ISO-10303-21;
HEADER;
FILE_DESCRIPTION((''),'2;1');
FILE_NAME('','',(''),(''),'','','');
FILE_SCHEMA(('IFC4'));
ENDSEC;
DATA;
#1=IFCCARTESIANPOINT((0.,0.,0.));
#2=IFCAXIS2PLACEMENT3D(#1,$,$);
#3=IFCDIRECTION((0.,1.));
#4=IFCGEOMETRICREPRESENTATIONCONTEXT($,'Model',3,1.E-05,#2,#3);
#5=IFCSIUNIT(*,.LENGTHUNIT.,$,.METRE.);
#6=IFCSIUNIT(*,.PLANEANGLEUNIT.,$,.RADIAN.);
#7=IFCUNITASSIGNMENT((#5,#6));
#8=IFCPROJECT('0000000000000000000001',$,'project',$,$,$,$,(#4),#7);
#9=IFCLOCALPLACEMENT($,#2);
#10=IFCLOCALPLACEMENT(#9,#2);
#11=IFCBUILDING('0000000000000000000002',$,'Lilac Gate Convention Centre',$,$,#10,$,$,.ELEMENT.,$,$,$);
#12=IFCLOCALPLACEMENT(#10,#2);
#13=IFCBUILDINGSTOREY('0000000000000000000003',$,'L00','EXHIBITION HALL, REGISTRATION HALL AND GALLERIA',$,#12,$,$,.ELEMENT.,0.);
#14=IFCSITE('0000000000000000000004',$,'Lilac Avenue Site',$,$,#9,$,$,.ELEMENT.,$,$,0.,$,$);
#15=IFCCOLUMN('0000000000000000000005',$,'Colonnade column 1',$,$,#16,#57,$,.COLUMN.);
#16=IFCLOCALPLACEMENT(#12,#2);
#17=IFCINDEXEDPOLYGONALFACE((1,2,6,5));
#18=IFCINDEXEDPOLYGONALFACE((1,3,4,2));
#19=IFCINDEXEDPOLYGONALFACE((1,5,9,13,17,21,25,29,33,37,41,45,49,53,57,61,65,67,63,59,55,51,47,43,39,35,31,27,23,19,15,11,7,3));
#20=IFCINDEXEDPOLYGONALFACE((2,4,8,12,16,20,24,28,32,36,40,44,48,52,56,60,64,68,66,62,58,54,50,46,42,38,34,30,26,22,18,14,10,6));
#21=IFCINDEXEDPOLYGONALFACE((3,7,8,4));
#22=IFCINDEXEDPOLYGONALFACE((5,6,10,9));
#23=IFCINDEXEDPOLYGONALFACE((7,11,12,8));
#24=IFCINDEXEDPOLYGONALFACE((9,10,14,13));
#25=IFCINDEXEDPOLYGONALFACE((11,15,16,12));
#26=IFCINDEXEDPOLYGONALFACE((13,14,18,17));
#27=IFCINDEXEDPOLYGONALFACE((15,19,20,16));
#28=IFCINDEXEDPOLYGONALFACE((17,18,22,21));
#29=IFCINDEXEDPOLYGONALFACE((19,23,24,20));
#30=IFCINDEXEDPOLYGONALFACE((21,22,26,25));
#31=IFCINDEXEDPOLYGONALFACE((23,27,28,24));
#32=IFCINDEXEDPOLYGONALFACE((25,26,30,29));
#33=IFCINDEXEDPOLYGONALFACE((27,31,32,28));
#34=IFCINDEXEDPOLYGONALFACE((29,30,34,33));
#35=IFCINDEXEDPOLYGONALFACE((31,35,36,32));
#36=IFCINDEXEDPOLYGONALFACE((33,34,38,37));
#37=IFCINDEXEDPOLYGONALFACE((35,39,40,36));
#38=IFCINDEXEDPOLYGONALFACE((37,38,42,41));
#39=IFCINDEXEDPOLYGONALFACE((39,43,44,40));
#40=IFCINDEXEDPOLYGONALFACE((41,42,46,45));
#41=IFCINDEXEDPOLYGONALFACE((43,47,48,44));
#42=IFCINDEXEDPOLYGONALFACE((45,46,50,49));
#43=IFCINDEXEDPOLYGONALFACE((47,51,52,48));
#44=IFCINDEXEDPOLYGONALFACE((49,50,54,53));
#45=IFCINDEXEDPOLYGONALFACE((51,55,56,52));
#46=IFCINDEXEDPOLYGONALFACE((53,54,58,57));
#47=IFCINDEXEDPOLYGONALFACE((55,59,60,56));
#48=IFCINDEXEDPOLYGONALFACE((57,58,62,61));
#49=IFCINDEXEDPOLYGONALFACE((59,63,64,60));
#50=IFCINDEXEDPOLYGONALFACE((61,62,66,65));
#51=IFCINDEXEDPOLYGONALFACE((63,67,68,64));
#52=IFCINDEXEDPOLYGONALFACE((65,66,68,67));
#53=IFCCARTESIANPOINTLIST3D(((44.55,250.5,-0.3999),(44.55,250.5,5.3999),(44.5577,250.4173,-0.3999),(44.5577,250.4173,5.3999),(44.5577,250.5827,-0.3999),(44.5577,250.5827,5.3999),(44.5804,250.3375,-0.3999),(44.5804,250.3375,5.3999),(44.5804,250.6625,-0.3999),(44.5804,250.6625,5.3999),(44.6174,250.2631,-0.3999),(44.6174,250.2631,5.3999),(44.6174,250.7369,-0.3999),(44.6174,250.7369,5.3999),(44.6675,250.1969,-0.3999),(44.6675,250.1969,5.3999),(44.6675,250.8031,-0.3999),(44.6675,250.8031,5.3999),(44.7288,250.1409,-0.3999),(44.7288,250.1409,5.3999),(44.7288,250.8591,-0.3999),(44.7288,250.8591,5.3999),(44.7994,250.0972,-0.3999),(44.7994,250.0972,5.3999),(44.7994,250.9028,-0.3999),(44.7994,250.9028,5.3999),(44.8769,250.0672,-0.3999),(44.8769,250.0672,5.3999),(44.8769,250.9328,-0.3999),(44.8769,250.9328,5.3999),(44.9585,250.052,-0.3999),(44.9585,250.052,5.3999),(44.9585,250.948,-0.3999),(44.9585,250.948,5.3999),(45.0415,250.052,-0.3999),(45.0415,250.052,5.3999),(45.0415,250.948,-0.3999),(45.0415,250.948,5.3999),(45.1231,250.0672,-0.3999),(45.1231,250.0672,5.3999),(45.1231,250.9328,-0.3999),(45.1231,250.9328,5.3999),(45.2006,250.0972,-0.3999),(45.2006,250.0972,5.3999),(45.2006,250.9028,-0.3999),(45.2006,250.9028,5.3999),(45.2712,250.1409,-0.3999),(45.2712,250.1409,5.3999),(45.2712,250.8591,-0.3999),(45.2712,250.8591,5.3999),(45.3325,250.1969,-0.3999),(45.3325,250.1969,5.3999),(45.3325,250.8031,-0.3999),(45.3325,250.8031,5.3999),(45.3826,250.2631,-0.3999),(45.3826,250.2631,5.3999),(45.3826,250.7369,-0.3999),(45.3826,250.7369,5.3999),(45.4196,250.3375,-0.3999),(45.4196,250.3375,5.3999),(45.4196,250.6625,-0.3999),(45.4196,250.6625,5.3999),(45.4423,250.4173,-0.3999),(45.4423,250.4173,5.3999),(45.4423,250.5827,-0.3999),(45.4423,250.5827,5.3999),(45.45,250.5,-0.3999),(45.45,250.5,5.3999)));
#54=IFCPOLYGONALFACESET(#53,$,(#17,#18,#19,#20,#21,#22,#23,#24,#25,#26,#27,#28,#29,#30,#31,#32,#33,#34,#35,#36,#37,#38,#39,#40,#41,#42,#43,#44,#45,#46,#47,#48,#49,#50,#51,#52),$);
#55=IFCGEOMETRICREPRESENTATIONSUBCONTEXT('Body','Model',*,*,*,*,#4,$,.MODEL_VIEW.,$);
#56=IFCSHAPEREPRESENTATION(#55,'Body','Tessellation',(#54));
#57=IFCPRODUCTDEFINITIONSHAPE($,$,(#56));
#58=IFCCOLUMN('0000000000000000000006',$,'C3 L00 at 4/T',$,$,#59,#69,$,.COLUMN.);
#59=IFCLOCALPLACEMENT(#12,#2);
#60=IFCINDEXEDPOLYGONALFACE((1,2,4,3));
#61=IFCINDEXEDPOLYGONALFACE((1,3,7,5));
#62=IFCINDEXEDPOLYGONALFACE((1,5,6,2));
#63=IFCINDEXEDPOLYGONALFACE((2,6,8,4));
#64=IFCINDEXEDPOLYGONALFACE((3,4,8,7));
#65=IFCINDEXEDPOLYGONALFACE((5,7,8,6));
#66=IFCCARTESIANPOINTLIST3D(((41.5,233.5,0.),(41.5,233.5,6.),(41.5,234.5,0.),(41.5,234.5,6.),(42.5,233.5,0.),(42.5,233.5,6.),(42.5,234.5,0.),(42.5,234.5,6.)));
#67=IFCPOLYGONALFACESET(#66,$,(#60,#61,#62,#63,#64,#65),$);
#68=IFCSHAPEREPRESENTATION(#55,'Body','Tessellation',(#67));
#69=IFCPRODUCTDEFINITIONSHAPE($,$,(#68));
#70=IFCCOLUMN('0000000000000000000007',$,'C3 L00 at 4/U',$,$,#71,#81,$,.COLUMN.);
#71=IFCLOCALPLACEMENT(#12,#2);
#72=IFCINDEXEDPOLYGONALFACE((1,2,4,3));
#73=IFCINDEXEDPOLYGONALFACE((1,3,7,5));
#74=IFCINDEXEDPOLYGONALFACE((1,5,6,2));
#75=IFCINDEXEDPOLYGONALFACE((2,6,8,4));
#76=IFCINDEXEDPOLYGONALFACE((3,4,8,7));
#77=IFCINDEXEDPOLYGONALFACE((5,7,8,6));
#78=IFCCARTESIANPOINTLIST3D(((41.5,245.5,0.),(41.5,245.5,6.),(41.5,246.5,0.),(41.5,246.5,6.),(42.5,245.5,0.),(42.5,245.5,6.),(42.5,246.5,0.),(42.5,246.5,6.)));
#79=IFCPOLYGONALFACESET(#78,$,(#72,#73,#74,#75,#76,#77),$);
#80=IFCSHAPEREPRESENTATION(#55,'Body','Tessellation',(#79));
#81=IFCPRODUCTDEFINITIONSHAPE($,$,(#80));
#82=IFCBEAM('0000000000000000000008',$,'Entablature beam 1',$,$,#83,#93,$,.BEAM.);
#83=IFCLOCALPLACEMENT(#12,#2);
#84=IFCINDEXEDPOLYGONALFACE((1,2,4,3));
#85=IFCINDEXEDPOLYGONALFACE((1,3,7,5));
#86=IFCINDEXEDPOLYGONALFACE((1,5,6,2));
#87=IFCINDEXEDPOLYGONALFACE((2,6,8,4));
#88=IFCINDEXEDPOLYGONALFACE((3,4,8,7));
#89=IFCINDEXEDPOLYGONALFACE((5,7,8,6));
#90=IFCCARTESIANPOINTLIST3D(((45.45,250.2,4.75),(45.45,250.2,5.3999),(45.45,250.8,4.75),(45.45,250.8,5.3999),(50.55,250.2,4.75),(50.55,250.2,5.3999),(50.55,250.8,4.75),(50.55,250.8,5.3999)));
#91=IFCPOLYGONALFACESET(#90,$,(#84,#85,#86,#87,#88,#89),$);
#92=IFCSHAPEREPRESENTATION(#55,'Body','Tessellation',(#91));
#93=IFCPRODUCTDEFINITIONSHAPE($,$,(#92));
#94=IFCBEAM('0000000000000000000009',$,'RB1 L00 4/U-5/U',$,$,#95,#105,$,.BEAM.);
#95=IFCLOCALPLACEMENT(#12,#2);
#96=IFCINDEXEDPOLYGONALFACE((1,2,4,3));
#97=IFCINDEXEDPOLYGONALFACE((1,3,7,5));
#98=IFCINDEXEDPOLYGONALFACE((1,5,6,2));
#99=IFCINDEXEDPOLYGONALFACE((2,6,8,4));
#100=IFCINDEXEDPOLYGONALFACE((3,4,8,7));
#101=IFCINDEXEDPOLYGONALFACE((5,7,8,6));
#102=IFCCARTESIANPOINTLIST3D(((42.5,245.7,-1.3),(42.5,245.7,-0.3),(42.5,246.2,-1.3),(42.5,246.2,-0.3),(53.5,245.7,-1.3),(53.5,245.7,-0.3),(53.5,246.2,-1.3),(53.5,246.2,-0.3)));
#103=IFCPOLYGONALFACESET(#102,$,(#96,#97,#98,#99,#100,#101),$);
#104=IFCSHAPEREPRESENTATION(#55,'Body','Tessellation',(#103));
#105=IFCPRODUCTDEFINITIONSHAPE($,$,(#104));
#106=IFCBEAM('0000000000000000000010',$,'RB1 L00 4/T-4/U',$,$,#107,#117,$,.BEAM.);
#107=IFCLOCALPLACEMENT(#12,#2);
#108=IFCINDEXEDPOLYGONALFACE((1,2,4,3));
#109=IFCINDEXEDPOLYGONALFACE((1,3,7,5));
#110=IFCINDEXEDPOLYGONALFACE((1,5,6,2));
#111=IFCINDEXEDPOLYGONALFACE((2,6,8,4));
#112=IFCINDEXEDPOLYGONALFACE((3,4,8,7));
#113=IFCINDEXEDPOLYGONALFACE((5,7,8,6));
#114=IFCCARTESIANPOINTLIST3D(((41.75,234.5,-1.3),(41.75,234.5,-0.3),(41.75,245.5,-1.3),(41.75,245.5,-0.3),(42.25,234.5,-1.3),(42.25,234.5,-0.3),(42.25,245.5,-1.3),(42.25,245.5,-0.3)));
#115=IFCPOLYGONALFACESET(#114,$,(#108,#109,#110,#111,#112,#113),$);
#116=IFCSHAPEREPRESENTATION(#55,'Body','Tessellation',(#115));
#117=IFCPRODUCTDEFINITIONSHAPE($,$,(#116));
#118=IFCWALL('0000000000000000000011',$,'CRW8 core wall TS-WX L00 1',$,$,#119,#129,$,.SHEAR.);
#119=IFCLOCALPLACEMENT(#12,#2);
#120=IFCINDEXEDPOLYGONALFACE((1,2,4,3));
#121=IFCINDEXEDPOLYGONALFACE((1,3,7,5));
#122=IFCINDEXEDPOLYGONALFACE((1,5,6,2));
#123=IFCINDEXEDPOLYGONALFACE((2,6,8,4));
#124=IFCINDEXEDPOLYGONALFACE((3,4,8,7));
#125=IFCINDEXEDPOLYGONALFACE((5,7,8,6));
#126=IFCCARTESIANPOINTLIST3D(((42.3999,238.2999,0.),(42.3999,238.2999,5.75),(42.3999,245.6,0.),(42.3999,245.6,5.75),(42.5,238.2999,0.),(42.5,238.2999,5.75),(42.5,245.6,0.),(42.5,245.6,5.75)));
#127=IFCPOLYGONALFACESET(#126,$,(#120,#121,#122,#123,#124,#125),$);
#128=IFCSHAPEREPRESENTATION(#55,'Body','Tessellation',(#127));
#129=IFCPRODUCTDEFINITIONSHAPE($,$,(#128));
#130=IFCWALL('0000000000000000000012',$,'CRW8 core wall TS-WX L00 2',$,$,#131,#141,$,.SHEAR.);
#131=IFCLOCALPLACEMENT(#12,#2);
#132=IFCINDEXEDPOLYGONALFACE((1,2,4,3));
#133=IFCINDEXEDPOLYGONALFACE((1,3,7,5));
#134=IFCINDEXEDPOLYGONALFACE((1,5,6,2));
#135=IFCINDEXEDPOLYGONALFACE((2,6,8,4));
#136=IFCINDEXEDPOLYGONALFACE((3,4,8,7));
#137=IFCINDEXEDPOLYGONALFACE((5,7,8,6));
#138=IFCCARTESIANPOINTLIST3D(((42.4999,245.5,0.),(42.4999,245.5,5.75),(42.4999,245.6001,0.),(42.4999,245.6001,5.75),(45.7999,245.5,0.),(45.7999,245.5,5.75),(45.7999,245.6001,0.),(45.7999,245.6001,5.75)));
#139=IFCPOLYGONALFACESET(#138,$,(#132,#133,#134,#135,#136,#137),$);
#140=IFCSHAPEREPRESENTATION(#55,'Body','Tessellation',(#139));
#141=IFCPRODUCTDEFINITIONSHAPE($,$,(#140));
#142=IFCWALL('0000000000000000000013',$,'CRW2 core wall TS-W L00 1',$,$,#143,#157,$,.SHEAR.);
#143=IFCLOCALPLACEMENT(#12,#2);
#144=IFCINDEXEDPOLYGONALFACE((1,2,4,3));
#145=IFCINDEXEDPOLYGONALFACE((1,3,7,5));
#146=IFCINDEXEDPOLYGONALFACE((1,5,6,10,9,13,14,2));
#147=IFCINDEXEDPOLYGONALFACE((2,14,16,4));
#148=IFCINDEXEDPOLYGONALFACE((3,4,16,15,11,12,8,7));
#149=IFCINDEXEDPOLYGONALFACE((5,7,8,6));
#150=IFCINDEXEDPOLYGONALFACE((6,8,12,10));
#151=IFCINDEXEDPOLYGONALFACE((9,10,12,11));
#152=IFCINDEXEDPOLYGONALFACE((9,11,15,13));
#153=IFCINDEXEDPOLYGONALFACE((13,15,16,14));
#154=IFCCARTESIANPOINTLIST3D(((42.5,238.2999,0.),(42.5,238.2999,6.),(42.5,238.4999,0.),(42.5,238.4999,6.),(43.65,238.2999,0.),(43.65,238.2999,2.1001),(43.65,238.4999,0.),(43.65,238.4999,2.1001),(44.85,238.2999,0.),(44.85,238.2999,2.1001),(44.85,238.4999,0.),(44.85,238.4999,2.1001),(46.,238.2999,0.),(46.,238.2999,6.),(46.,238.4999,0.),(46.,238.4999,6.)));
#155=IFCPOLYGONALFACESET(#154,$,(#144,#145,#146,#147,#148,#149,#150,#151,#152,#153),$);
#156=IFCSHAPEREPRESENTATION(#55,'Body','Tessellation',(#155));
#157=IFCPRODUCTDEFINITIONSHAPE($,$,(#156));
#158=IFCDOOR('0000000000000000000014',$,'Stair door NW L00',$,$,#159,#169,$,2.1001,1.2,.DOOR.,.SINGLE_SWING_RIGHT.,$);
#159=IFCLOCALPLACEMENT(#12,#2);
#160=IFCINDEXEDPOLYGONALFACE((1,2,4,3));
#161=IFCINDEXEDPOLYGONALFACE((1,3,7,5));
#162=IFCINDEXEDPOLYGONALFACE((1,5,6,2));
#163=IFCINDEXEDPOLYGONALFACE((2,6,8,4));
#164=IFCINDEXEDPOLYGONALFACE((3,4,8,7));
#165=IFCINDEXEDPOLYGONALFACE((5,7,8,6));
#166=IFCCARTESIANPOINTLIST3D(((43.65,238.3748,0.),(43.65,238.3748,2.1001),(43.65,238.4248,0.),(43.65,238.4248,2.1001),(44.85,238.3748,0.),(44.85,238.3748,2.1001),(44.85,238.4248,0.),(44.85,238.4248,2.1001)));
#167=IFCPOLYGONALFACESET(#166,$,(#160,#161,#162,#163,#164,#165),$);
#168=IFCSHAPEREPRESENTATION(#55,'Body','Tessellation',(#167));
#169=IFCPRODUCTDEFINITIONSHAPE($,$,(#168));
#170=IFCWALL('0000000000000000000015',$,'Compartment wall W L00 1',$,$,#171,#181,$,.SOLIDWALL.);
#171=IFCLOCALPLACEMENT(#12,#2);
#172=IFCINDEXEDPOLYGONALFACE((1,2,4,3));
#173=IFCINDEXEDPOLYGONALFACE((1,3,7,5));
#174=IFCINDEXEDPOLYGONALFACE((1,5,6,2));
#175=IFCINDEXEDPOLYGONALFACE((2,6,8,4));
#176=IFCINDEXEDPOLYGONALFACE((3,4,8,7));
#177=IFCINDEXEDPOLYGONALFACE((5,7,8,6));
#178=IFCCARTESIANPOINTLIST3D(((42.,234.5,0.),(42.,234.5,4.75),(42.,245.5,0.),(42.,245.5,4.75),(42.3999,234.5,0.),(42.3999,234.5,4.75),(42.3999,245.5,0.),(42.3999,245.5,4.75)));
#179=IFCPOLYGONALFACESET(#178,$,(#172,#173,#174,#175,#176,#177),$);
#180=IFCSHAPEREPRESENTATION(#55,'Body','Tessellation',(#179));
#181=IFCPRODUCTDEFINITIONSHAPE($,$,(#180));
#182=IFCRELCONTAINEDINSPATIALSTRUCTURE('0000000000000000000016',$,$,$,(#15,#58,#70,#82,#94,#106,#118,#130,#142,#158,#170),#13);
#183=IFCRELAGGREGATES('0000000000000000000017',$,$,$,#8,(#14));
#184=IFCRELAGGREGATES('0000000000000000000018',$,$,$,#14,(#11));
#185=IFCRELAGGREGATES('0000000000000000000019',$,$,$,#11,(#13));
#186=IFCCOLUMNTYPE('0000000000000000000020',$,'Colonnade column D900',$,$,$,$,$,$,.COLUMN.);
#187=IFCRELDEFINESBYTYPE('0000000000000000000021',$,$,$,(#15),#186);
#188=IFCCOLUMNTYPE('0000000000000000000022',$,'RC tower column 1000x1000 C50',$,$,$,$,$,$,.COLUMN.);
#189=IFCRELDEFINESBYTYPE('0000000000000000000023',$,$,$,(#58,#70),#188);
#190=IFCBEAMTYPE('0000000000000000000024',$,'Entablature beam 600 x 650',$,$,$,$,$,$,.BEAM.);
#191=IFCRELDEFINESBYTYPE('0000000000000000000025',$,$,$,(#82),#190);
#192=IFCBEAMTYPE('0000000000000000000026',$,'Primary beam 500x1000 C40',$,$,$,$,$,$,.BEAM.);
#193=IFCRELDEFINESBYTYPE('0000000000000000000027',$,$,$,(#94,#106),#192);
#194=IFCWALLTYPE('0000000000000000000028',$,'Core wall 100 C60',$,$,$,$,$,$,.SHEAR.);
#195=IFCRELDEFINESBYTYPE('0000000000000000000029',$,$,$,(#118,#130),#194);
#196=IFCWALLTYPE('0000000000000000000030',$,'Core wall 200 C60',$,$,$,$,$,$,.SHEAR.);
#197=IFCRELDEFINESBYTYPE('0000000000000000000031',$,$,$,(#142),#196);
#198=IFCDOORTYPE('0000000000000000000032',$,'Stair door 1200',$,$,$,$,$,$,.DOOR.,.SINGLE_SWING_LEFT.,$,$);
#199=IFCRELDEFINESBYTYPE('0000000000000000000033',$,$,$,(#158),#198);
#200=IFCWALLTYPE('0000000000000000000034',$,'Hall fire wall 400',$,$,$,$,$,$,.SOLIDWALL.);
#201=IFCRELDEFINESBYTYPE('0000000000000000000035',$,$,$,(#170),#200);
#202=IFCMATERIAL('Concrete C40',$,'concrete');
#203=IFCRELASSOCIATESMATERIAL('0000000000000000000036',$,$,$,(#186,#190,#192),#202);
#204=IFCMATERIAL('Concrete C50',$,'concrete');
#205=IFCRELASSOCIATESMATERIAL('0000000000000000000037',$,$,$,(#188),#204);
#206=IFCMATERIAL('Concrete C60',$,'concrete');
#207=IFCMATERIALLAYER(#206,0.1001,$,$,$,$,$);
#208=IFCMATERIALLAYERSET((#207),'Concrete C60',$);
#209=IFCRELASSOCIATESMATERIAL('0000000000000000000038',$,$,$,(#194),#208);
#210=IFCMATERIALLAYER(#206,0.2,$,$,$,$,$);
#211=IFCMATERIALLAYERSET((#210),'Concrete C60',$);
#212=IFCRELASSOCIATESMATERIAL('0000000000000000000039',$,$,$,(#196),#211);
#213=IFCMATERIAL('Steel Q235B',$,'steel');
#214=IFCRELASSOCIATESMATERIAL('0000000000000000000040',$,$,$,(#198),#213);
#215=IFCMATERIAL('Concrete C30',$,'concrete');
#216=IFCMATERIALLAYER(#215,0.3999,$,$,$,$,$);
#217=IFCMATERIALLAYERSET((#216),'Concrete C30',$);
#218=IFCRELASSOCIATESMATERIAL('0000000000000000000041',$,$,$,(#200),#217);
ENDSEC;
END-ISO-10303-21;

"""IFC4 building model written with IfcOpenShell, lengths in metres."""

from ifc_helpers import new_model, si_unit, direction, frame, frame_2d, origin, origin_2d, place, context, subcontext, project, spatial, rectangle, circle, extrude, material, layer, layer_set, material_profile, profile_set, type_object, element, fill, save


model = new_model("IFC4")

# Units and contexts
model_context = context("Model", 3, precision=1e-05, world=origin(), true_north=direction((0.0, 1.0)))
body_context = subcontext(model_context, "Body", "Model", "MODEL_VIEW")
ifc_project = project(units=[si_unit("LENGTHUNIT", "METRE"), si_unit("PLANEANGLEUNIT", "RADIAN")], contexts=[model_context])

# Site, building, storey
site_placement = place(None, origin())
site = spatial("IfcSite", under=ifc_project, at=site_placement, Name="Lilac Avenue Site", CompositionType="ELEMENT", RefElevation=0.0)
building_placement = place(site_placement, origin())
building = spatial("IfcBuilding", under=site, at=building_placement, Name="Lilac Gate Convention Centre", CompositionType="ELEMENT")
storey_placement = place(building_placement, origin())
storey = spatial("IfcBuildingStorey", under=building, at=storey_placement, Name="L00", Description="EXHIBITION HALL, REGISTRATION HALL AND GALLERIA", CompositionType="ELEMENT", Elevation=0.0)

# Columns
ifc_material_1 = material(Name="Concrete C40", Category="concrete")
ifc_material_profile_1 = material_profile(ifc_material_1, circle(Radius=0.45, at=origin_2d()), Name="Colonnade column D900")
ifc_profile_set_1 = profile_set([ifc_material_profile_1], Name="Concrete C40")
column_type_1 = type_object("IfcColumnType", Name="Colonnade column D900", PredefinedType="COLUMN", material=ifc_profile_set_1)
column_placement = place(storey_placement, frame((45.0, 250.5, -0.3999), z_axis=(0.0, 0.0, 1.0), x_axis=(1.0, 0.0, 0.0)))
element("IfcColumn", 1, at=column_placement, inside=storey, type_object=column_type_1, Name="Colonnade column 1", PredefinedType="COLUMN", context=body_context, shape_type="SweptSolid", body=[
    extrude(circle(Radius=0.45, at=origin_2d()), origin(), (0.0, 0.0, 1.0), 5.7998),
])
ifc_material_2 = material(Name="Concrete C50", Category="concrete")
ifc_material_profile_2 = material_profile(ifc_material_2, rectangle(XDim=1.0, YDim=1.0, at=origin_2d()), Name="RC 1000x1000")
ifc_profile_set_2 = profile_set([ifc_material_profile_2], Name="Concrete C50")
column_type_2 = type_object("IfcColumnType", Name="RC tower column 1000x1000 C50", PredefinedType="COLUMN", material=ifc_profile_set_2)
for number, where, z_axis, x_axis, name in (
    (2, (42.0, 234.0, 0.0), (0.0, 0.0, 1.0), (1.0, 0.0, 0.0), "C3 L00 at 4/T"),
    (3, (42.0, 246.0, 0.0), (0.0, 0.0, 1.0), (1.0, 0.0, 0.0), "C3 L00 at 4/U"),
):
    element("IfcColumn", number, at=place(storey_placement, frame(where, z_axis=z_axis, x_axis=x_axis)), inside=storey, type_object=column_type_2, Name=name, PredefinedType="COLUMN", context=body_context, shape_type="SweptSolid", body=[
        extrude(rectangle(XDim=1.0, YDim=1.0, at=origin_2d()), origin(), (0.0, 0.0, 1.0), 6.0),
    ])

# Beams
ifc_material_profile_3 = material_profile(ifc_material_1, rectangle(XDim=0.6001, YDim=0.6499, at=origin_2d()), Name="Entablature beam 600 x 650")
ifc_profile_set_3 = profile_set([ifc_material_profile_3], Name="Concrete C40")
beam_type_1 = type_object("IfcBeamType", Name="Entablature beam 600 x 650", PredefinedType="BEAM", material=ifc_profile_set_3)
beam_placement = place(storey_placement, frame((45.45, 250.5, 5.075), z_axis=(1.0, 0.0, 0.0), x_axis=(0.0, 1.0, 0.0)))
element("IfcBeam", 4, at=beam_placement, inside=storey, type_object=beam_type_1, Name="Entablature beam 1", PredefinedType="BEAM", context=body_context, shape_type="SweptSolid", body=[
    extrude(rectangle(XDim=0.6001, YDim=0.6499, at=origin_2d()), origin(), (0.0, 0.0, 1.0), 5.1001),
])
ifc_material_profile_4 = material_profile(ifc_material_1, rectangle(XDim=0.5, YDim=1.0, at=origin_2d()), Name="RC 500x1000")
ifc_profile_set_4 = profile_set([ifc_material_profile_4], Name="Concrete C40")
beam_type_2 = type_object("IfcBeamType", Name="Primary beam 500x1000 C40", PredefinedType="BEAM", material=ifc_profile_set_4)
for number, where, z_axis, x_axis, name in (
    (5, (42.5, 245.95, -0.8), (1.0, 0.0, 0.0), (0.0, 1.0, 0.0), "RB1 L00 4/U-5/U"),
    (6, (42.0, 234.5, -0.8), (0.0, 1.0, 0.0), (-1.0, 0.0, 0.0), "RB1 L00 4/T-4/U"),
):
    element("IfcBeam", number, at=place(storey_placement, frame(where, z_axis=z_axis, x_axis=x_axis)), inside=storey, type_object=beam_type_2, Name=name, PredefinedType="BEAM", context=body_context, shape_type="SweptSolid", body=[
        extrude(rectangle(XDim=0.5, YDim=1.0, at=origin_2d()), origin(), (0.0, 0.0, 1.0), 11.0),
    ])

# Walls
ifc_material_3 = material(Name="Concrete C60", Category="concrete")
ifc_layer_1 = layer(ifc_material_3, 0.1001)
ifc_layer_set_1 = layer_set([ifc_layer_1], Name="Concrete C60")
wall_type_1 = type_object("IfcWallType", Name="Core wall 100 C60", PredefinedType="SHEAR", material=ifc_layer_set_1)
wall_1_placement = place(storey_placement, frame((42.45, 238.3, 0.0), z_axis=(0.0, 0.0, 1.0), x_axis=(0.0, 1.0, 0.0)))
element("IfcWall", 7, at=wall_1_placement, inside=storey, type_object=wall_type_1, Name="CRW8 core wall TS-WX L00 1", PredefinedType="SHEAR", context=body_context, shape_type="SweptSolid", body=[
    extrude(rectangle(XDim=7.3, YDim=0.1001, at=frame_2d((3.6499, 0.0))), origin(), (0.0, 0.0, 1.0), 5.75),
])
wall_2_placement = place(storey_placement, frame((42.5, 245.55, 0.0), z_axis=(0.0, 0.0, 1.0), x_axis=(1.0, 0.0, 0.0)))
element("IfcWall", 8, at=wall_2_placement, inside=storey, type_object=wall_type_1, Name="CRW8 core wall TS-WX L00 2", PredefinedType="SHEAR", context=body_context, shape_type="SweptSolid", body=[
    extrude(rectangle(XDim=3.3, YDim=0.1001, at=frame_2d((1.6499, 0.0))), origin(), (0.0, 0.0, 1.0), 5.75),
])

# Wall, opening, door
ifc_layer_2 = layer(ifc_material_3, 0.2)
ifc_layer_set_2 = layer_set([ifc_layer_2], Name="Concrete C60")
wall_type_2 = type_object("IfcWallType", Name="Core wall 200 C60", PredefinedType="SHEAR", material=ifc_layer_set_2)
wall_3_placement = place(storey_placement, frame((42.5, 238.3999, 0.0), z_axis=(0.0, 0.0, 1.0), x_axis=(1.0, 0.0, 0.0)))
wall_3 = element("IfcWall", 9, at=wall_3_placement, inside=storey, type_object=wall_type_2, Name="CRW2 core wall TS-W L00 1", PredefinedType="SHEAR", context=body_context, shape_type="SweptSolid", body=[
    extrude(rectangle(XDim=3.5, YDim=0.2, at=frame_2d((1.75, 0.0))), origin(), (0.0, 0.0, 1.0), 6.0),
])
opening_placement = place(wall_3_placement, frame((1.1499, 0.0, 0.0)))
opening = element("IfcOpeningElement", 10, at=opening_placement, cuts=wall_3, PredefinedType="OPENING", context=body_context, shape_type="SweptSolid", body=[
    extrude(rectangle(XDim=1.2, YDim=2.1001, at=frame_2d((0.6001, 1.05))), frame((0.0, 0.1099, 0.0), z_axis=(0.0, -1.0, 0.0), x_axis=(1.0, 0.0, 0.0)), (0.0, 0.0, 1.0), 0.22),
])
ifc_material_4 = material(Name="Steel Q235B", Category="steel")
door_type = type_object("IfcDoorType", Name="Stair door 1200", OperationType="SINGLE_SWING_LEFT", PredefinedType="DOOR", material=ifc_material_4)
door_placement = place(opening_placement, origin())
door = element("IfcDoor", 11, at=door_placement, inside=storey, type_object=door_type, Name="Stair door NW L00", OperationType="SINGLE_SWING_RIGHT", OverallHeight=2.1001, OverallWidth=1.2, PredefinedType="DOOR", context=body_context, shape_type="SweptSolid", body=[
    extrude(rectangle(XDim=1.2, YDim=2.1001, at=frame_2d((0.6001, 1.05))), frame((0.0, 0.0249, 0.0), z_axis=(0.0, -1.0, 0.0), x_axis=(1.0, 0.0, 0.0)), (0.0, 0.0, 1.0), 0.05),
])
fill(opening, door)

# Wall
ifc_material_5 = material(Name="Concrete C30", Category="concrete")
ifc_layer_3 = layer(ifc_material_5, 0.3999)
ifc_layer_set_3 = layer_set([ifc_layer_3], Name="Concrete C30")
wall_type_3 = type_object("IfcWallType", Name="Hall fire wall 400", PredefinedType="SOLIDWALL", material=ifc_layer_set_3)
for number, where, z_axis, x_axis, name in (
    (12, (42.2, 245.5, 0.0), (0.0, 0.0, 1.0), (0.0, -1.0, 0.0), "Compartment wall W L00 1"),
):
    element("IfcWall", number, at=place(storey_placement, frame(where, z_axis=z_axis, x_axis=x_axis)), inside=storey, type_object=wall_type_3, Name=name, PredefinedType="SOLIDWALL", context=body_context, shape_type="SweptSolid", body=[
        extrude(rectangle(XDim=11.0, YDim=0.3999, at=frame_2d((5.5, 0.0))), origin(), (0.0, 0.0, 1.0), 4.75),
    ])

save(model, "model.ifc")
